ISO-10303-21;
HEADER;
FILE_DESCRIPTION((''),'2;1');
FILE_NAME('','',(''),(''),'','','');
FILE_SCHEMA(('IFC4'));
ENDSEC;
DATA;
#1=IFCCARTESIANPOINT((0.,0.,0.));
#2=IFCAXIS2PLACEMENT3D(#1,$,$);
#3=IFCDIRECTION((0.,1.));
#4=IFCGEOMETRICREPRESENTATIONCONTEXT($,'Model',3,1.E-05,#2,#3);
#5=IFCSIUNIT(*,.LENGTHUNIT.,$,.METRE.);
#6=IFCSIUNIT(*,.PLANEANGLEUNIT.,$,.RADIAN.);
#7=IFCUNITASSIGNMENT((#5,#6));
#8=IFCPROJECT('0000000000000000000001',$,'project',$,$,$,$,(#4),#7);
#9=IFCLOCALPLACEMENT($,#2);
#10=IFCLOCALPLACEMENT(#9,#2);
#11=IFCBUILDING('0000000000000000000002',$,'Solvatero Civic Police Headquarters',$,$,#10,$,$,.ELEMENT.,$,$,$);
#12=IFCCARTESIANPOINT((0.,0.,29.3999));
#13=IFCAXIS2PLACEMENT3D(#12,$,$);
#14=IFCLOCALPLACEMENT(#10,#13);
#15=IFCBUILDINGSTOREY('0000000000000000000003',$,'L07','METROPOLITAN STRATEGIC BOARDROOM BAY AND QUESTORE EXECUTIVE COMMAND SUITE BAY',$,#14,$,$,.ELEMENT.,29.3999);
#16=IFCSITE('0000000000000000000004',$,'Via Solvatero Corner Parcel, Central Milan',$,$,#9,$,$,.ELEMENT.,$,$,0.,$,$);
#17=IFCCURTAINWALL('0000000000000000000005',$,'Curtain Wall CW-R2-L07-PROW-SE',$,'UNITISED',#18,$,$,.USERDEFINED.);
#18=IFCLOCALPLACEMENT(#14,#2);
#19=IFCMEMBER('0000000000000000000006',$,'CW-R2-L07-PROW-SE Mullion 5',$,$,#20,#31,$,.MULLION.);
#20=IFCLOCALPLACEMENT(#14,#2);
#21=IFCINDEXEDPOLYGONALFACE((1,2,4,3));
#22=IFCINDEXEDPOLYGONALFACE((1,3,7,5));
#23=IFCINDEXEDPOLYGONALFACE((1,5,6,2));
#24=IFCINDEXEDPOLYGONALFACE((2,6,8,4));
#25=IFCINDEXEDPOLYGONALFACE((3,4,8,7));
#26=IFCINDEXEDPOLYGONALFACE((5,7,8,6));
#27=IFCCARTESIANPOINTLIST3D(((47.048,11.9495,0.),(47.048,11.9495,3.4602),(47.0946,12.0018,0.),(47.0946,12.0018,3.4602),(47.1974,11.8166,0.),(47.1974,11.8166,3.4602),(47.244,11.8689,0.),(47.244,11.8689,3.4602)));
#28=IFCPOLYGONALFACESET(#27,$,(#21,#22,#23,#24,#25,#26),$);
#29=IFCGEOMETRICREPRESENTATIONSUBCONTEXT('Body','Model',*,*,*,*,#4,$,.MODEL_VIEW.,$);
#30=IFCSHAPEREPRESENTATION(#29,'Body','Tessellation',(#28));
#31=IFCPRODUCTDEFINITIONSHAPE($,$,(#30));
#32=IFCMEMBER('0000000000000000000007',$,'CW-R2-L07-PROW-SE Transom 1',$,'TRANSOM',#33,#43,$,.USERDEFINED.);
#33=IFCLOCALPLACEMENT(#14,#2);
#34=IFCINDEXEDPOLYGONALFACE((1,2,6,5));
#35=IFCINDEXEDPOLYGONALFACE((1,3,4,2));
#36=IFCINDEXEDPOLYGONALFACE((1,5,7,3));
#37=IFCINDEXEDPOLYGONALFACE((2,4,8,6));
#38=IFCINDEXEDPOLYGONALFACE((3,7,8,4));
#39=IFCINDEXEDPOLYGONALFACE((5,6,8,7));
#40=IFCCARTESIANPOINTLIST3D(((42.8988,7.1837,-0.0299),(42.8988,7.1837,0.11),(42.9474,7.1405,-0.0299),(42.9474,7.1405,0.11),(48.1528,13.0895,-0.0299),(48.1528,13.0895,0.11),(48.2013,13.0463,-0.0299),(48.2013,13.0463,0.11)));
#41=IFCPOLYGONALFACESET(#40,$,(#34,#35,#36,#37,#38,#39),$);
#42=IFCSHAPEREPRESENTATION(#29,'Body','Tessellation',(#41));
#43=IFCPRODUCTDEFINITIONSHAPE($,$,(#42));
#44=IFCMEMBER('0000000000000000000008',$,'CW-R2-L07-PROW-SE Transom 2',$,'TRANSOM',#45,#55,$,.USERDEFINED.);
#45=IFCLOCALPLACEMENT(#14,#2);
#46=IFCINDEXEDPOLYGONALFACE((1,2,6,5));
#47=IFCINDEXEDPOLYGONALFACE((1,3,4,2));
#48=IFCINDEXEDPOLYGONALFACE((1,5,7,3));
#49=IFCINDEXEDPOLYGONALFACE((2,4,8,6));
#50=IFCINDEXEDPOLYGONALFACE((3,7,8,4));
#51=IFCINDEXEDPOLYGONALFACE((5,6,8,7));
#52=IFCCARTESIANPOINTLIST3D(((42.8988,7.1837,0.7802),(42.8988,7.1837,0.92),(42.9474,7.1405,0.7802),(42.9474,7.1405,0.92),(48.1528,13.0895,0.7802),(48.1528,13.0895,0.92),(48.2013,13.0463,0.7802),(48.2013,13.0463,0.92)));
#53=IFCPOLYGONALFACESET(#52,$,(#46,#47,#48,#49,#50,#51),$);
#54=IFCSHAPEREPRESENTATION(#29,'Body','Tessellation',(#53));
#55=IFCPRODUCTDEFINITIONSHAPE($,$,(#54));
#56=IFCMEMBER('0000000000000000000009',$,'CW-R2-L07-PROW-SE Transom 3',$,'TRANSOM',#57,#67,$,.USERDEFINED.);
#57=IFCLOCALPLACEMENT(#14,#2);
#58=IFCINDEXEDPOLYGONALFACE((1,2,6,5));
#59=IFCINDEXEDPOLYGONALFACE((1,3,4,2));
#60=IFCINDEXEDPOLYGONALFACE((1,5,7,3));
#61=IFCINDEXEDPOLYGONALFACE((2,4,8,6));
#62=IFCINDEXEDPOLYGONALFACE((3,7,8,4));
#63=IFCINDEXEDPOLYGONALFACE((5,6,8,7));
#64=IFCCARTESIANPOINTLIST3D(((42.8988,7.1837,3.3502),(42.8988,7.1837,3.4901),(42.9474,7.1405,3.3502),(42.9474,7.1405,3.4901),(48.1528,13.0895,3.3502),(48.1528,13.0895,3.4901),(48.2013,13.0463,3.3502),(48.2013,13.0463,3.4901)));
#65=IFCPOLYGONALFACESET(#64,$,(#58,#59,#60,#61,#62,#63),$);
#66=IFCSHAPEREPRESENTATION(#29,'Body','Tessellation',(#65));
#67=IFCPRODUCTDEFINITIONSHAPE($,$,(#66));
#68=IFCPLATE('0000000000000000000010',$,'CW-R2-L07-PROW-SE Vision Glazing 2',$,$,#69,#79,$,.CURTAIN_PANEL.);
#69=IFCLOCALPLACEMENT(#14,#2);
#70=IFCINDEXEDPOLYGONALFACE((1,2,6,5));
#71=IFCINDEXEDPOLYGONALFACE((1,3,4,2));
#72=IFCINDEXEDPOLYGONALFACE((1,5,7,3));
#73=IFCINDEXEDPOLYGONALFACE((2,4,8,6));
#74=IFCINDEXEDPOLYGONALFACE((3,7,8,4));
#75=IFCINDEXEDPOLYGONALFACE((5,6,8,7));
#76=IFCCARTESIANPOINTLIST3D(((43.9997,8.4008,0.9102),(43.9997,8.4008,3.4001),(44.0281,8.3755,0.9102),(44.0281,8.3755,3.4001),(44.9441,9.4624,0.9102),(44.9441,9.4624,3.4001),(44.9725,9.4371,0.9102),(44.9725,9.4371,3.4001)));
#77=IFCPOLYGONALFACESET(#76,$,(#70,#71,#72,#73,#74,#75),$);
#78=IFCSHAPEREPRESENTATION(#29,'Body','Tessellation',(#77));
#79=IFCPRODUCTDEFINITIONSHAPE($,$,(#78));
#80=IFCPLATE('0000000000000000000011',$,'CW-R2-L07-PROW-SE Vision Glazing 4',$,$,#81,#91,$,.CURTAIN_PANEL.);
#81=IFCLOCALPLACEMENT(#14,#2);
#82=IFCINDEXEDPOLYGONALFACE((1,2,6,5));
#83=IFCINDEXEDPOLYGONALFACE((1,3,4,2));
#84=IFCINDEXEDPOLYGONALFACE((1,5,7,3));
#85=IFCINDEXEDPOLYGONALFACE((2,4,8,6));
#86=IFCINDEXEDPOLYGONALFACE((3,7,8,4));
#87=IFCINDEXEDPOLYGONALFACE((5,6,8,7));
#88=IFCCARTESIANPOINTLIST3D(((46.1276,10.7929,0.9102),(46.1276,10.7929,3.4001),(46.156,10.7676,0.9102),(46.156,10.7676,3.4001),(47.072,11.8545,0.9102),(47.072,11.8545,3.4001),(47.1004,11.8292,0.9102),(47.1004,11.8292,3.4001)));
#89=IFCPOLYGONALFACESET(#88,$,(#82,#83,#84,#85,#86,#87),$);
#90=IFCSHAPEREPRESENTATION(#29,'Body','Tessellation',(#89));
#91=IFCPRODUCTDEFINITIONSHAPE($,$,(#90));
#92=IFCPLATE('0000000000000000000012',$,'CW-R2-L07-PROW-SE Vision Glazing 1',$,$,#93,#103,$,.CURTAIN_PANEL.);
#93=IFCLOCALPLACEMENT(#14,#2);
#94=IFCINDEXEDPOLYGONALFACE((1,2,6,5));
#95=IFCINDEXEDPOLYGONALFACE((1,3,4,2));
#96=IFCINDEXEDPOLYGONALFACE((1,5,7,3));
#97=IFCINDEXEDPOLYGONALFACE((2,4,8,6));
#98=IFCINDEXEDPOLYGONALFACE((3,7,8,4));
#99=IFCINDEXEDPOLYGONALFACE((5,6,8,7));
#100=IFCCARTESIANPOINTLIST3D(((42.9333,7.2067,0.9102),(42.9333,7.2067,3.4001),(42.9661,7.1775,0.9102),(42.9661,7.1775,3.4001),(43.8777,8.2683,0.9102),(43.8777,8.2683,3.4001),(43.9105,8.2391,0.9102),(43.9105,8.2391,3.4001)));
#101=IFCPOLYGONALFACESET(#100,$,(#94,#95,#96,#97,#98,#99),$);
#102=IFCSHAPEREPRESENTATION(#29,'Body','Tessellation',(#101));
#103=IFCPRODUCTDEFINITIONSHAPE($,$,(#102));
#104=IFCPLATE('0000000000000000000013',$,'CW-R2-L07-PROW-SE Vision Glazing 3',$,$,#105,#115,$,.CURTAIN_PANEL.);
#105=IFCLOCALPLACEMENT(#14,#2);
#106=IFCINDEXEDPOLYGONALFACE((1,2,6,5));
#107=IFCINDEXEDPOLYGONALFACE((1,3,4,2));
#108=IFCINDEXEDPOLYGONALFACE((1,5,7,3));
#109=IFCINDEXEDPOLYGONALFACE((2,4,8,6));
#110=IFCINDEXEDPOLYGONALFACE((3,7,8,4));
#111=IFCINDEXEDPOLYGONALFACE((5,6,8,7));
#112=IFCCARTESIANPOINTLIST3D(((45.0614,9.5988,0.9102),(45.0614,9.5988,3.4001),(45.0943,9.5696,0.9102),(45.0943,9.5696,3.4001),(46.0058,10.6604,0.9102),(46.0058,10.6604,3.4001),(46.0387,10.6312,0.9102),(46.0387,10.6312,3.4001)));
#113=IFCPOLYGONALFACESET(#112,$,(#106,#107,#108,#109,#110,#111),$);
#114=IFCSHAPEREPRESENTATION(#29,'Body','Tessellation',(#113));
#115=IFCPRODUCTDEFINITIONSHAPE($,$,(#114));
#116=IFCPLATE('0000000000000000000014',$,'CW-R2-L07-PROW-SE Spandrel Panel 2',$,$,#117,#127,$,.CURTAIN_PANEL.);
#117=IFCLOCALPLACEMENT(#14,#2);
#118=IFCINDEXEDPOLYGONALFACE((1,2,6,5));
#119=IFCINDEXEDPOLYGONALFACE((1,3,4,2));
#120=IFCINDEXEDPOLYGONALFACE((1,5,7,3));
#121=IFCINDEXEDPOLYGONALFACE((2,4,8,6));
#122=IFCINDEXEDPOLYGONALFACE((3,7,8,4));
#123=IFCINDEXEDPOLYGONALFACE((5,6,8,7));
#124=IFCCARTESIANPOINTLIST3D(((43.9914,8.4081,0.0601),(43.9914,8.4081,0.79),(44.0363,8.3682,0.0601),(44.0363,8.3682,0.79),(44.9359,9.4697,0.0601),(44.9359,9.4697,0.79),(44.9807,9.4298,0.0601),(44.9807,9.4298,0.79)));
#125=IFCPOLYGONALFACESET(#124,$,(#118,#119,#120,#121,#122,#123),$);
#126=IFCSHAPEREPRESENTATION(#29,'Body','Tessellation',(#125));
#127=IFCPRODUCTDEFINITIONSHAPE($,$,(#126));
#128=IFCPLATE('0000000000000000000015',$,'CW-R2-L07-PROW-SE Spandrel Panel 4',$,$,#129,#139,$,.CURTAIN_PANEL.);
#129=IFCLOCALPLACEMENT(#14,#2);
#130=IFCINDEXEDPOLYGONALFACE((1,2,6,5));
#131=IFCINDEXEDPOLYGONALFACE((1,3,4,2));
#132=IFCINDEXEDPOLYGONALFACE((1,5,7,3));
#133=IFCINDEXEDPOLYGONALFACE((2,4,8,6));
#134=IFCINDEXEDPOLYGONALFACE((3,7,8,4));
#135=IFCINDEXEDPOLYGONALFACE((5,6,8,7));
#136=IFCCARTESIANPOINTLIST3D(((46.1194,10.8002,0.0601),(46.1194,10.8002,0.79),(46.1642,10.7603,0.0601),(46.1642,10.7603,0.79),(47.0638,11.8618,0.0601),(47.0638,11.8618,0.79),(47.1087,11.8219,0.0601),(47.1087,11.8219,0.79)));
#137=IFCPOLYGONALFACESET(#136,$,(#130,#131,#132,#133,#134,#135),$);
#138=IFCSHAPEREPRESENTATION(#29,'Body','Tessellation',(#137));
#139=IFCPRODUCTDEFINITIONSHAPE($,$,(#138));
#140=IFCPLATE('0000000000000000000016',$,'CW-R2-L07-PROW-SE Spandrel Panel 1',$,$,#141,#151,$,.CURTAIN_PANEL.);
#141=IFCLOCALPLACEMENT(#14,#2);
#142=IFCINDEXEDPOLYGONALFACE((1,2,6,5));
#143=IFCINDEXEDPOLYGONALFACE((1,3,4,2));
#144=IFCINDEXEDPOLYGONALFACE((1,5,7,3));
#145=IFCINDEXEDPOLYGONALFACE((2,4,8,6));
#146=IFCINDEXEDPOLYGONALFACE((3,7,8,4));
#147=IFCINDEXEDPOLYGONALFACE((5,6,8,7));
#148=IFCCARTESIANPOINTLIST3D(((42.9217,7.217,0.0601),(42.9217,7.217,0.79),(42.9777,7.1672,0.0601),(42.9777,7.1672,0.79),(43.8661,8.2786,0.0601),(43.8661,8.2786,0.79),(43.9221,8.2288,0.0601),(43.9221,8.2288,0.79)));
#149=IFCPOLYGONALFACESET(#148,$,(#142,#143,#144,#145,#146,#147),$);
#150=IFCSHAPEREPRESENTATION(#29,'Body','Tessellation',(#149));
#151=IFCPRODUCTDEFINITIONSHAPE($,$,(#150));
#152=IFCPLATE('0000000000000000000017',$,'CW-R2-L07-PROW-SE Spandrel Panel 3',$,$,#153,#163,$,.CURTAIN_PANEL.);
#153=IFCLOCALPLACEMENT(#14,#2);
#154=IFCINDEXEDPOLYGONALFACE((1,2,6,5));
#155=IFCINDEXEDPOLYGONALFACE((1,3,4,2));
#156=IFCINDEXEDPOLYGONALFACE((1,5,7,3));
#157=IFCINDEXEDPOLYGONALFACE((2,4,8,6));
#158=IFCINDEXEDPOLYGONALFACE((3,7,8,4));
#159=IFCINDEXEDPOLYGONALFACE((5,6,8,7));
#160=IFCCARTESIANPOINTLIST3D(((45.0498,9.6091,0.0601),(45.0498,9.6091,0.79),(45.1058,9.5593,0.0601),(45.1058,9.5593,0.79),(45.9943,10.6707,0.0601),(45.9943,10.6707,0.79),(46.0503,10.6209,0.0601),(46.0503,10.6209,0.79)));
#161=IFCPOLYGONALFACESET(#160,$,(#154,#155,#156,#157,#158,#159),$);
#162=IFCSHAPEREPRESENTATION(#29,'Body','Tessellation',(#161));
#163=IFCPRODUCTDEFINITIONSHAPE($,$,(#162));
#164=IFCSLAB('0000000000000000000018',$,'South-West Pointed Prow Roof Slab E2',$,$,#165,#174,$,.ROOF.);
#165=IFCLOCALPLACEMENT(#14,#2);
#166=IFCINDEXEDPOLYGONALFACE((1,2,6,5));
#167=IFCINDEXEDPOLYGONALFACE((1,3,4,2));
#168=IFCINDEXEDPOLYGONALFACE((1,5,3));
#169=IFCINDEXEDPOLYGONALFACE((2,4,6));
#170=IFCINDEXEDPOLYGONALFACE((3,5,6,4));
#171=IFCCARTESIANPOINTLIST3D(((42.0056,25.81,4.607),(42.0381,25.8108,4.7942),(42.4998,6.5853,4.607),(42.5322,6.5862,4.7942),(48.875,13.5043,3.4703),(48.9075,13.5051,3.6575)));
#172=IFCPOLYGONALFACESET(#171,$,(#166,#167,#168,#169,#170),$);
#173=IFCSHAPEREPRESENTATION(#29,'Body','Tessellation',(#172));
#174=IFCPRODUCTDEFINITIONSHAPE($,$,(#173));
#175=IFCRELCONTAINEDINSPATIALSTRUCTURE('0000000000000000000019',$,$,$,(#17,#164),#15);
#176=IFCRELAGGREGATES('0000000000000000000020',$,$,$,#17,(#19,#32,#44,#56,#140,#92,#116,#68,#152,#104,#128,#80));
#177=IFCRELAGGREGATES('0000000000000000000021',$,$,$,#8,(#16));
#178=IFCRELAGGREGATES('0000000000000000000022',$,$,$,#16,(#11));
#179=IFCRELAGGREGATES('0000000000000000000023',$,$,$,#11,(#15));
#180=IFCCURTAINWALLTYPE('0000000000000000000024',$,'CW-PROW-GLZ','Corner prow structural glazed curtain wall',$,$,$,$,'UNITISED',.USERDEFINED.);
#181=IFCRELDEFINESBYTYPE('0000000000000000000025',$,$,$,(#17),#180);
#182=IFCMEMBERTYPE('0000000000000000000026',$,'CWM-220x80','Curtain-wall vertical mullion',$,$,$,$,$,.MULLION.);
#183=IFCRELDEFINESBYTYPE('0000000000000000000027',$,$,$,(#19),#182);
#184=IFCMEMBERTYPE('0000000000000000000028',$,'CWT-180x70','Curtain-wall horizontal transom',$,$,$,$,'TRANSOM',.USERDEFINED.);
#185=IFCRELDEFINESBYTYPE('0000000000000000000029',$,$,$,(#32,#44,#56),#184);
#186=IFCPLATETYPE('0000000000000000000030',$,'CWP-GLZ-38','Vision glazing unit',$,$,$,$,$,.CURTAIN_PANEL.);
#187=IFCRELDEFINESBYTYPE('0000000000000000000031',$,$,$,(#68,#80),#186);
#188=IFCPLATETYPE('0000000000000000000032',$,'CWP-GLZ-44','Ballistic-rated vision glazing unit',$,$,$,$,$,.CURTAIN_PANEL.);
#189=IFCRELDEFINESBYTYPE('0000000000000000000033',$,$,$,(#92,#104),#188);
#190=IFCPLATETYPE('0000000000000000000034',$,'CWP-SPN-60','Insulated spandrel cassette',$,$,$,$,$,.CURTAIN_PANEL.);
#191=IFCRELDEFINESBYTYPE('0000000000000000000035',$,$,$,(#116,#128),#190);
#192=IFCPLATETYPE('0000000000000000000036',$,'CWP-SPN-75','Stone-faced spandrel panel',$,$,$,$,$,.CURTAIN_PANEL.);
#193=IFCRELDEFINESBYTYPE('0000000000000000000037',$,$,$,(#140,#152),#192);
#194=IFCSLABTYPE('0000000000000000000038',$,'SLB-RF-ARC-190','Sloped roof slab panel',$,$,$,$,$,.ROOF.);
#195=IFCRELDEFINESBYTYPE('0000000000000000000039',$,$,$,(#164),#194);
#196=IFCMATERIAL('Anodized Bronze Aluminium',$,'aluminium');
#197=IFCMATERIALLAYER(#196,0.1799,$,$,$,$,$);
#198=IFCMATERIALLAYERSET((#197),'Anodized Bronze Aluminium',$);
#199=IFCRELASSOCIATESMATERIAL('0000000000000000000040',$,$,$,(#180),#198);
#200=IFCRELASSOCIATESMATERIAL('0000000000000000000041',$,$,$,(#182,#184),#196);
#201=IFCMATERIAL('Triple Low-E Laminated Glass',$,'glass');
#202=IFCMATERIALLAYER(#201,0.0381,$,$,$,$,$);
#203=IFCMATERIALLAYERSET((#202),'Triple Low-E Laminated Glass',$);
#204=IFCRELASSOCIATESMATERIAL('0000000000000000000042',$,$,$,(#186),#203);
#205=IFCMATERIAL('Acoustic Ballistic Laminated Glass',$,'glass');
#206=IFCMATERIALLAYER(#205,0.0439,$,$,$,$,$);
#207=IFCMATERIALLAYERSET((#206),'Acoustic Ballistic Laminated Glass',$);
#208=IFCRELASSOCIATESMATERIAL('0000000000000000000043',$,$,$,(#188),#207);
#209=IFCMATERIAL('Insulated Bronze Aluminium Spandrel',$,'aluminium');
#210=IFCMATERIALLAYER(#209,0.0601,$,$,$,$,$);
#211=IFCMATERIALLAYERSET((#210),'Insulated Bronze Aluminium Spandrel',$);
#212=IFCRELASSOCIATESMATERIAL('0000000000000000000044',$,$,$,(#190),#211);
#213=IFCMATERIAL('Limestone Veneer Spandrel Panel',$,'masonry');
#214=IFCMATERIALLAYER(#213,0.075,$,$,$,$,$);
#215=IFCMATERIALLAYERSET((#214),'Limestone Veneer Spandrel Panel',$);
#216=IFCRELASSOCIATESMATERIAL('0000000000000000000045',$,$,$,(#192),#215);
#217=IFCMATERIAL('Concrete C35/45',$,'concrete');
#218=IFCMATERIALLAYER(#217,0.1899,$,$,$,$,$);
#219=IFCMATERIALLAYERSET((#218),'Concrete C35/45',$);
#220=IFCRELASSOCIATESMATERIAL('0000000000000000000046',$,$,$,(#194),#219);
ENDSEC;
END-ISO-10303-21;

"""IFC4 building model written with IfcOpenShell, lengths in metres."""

from ifc_helpers import new_model, si_unit, direction, frame, origin, origin_2d, place, context, subcontext, project, spatial, polyline, rectangle, outline, extrude, material, layer, layer_set, material_profile, profile_set, type_object, element, aggregate, save


model = new_model("IFC4")

# Units and contexts
model_context = context("Model", 3, precision=1e-05, world=origin(), true_north=direction((0.0, 1.0)))
body_context = subcontext(model_context, "Body", "Model", "MODEL_VIEW")
ifc_project = project(units=[si_unit("LENGTHUNIT", "METRE"), si_unit("PLANEANGLEUNIT", "RADIAN")], contexts=[model_context])

# Site, building, storey
site_placement = place(None, origin())
site = spatial("IfcSite", under=ifc_project, at=site_placement, Name="Via Solvatero Corner Parcel, Central Milan", CompositionType="ELEMENT", RefElevation=0.0)
building_placement = place(site_placement, origin())
building = spatial("IfcBuilding", under=site, at=building_placement, Name="Solvatero Civic Police Headquarters", CompositionType="ELEMENT")
storey_placement = place(building_placement, frame((0.0, 0.0, 29.3999)))
storey = spatial("IfcBuildingStorey", under=building, at=storey_placement, Name="L07", Description="METROPOLITAN STRATEGIC BOARDROOM BAY AND QUESTORE EXECUTIVE COMMAND SUITE BAY", CompositionType="ELEMENT", Elevation=29.3999)

# Curtain wall, members, plates
ifc_material_1 = material(Name="Anodized Bronze Aluminium", Category="aluminium")
ifc_layer_1 = layer(ifc_material_1, 0.1799)
ifc_layer_set_1 = layer_set([ifc_layer_1], Name="Anodized Bronze Aluminium")
curtain_wall_type = type_object("IfcCurtainWallType", Name="CW-PROW-GLZ", Description="Corner prow structural glazed curtain wall", ElementType="UNITISED", PredefinedType="USERDEFINED", material=ifc_layer_set_1)
curtain_wall_placement = place(storey_placement, origin())
curtain_wall = element("IfcCurtainWall", 1, at=curtain_wall_placement, inside=storey, type_object=curtain_wall_type, Name="Curtain Wall CW-R2-L07-PROW-SE", ObjectType="UNITISED", PredefinedType="USERDEFINED")
ifc_material_profile_1 = material_profile(ifc_material_1, rectangle(XDim=0.0701, YDim=0.2, at=origin_2d()), Name="ALU MULLION 70x200")
ifc_profile_set_1 = profile_set([ifc_material_profile_1], Name="Anodized Bronze Aluminium")
member_type_1 = type_object("IfcMemberType", Name="CWM-220x80", Description="Curtain-wall vertical mullion", PredefinedType="MULLION", material=ifc_profile_set_1)
member_1_placement = place(storey_placement, frame((47.146, 11.9092, 0.0), z_axis=(0.0, 0.0, 1.0), x_axis=(0.664657, 0.747149, 0.0)))
member_1 = element("IfcMember", 2, at=member_1_placement, type_object=member_type_1, Name="CW-R2-L07-PROW-SE Mullion 5", PredefinedType="MULLION", context=body_context, shape_type="SweptSolid", body=[
    extrude(rectangle(XDim=0.0701, YDim=0.2, at=origin_2d()), origin(), (0.0, 0.0, 1.0), 3.4602),
])
ifc_material_profile_2 = material_profile(ifc_material_1, rectangle(XDim=0.0649, YDim=0.1399, at=origin_2d()), Name="ALU TRANSOM 65x140")
ifc_profile_set_2 = profile_set([ifc_material_profile_2], Name="Anodized Bronze Aluminium")
member_type_2 = type_object("IfcMemberType", Name="CWT-180x70", Description="Curtain-wall horizontal transom", ElementType="TRANSOM", PredefinedType="USERDEFINED", material=ifc_profile_set_2)
member_2_placement = place(storey_placement, frame((42.9231, 7.1621, 0.04), z_axis=(0.664671, 0.747137, 0.0), x_axis=(-0.747137, 0.664671, 0.0)))
member_2 = element("IfcMember", 3, at=member_2_placement, type_object=member_type_2, Name="CW-R2-L07-PROW-SE Transom 1", ObjectType="TRANSOM", PredefinedType="USERDEFINED", context=body_context, shape_type="SweptSolid", body=[
    extrude(rectangle(XDim=0.0649, YDim=0.1399, at=origin_2d()), origin(), (0.0, 0.0, 1.0), 7.9045),
])
member_3_placement = place(storey_placement, frame((42.9231, 7.1621, 0.8501), z_axis=(0.664671, 0.747137, 0.0), x_axis=(-0.747137, 0.664671, 0.0)))
member_3 = element("IfcMember", 4, at=member_3_placement, type_object=member_type_2, Name="CW-R2-L07-PROW-SE Transom 2", ObjectType="TRANSOM", PredefinedType="USERDEFINED", context=body_context, shape_type="SweptSolid", body=[
    extrude(rectangle(XDim=0.0649, YDim=0.1399, at=origin_2d()), origin(), (0.0, 0.0, 1.0), 7.9045),
])
member_4_placement = place(storey_placement, frame((42.9231, 7.1621, 3.4202), z_axis=(0.664671, 0.747137, 0.0), x_axis=(-0.747137, 0.664671, 0.0)))
member_4 = element("IfcMember", 5, at=member_4_placement, type_object=member_type_2, Name="CW-R2-L07-PROW-SE Transom 3", ObjectType="TRANSOM", PredefinedType="USERDEFINED", context=body_context, shape_type="SweptSolid", body=[
    extrude(rectangle(XDim=0.0649, YDim=0.1399, at=origin_2d()), origin(), (0.0, 0.0, 1.0), 7.9045),
])
ifc_material_2 = material(Name="Triple Low-E Laminated Glass", Category="glass")
ifc_layer_2 = layer(ifc_material_2, 0.0381)
ifc_layer_set_2 = layer_set([ifc_layer_2], Name="Triple Low-E Laminated Glass")
plate_type_1 = type_object("IfcPlateType", Name="CWP-GLZ-38", Description="Vision glazing unit", PredefinedType="CURTAIN_PANEL", material=ifc_layer_set_2)
plate_1_placement = place(storey_placement, frame((44.4861, 8.9189, 0.9102), z_axis=(0.0, 0.0, 1.0), x_axis=(0.664657, 0.747149, 0.0)))
plate_1 = element("IfcPlate", 6, at=plate_1_placement, type_object=plate_type_1, Name="CW-R2-L07-PROW-SE Vision Glazing 2", PredefinedType="CURTAIN_PANEL", context=body_context, shape_type="SweptSolid", body=[
    extrude(rectangle(XDim=1.4209, YDim=0.0381, at=origin_2d()), origin(), (0.0, 0.0, 1.0), 2.49),
])
plate_2_placement = place(storey_placement, frame((46.614, 11.311, 0.9102), z_axis=(0.0, 0.0, 1.0), x_axis=(0.664657, 0.747149, 0.0)))
plate_2 = element("IfcPlate", 7, at=plate_2_placement, type_object=plate_type_1, Name="CW-R2-L07-PROW-SE Vision Glazing 4", PredefinedType="CURTAIN_PANEL", context=body_context, shape_type="SweptSolid", body=[
    extrude(rectangle(XDim=1.4209, YDim=0.0381, at=origin_2d()), origin(), (0.0, 0.0, 1.0), 2.49),
])
ifc_material_3 = material(Name="Acoustic Ballistic Laminated Glass", Category="glass")
ifc_layer_3 = layer(ifc_material_3, 0.0439)
ifc_layer_set_3 = layer_set([ifc_layer_3], Name="Acoustic Ballistic Laminated Glass")
plate_type_2 = type_object("IfcPlateType", Name="CWP-GLZ-44", Description="Ballistic-rated vision glazing unit", PredefinedType="CURTAIN_PANEL", material=ifc_layer_set_3)
plate_3_placement = place(storey_placement, frame((43.4219, 7.7229, 0.9102), z_axis=(0.0, 0.0, 1.0), x_axis=(0.664657, 0.747149, 0.0)))
plate_3 = element("IfcPlate", 8, at=plate_3_placement, type_object=plate_type_2, Name="CW-R2-L07-PROW-SE Vision Glazing 1", PredefinedType="CURTAIN_PANEL", context=body_context, shape_type="SweptSolid", body=[
    extrude(rectangle(XDim=1.4209, YDim=0.0439, at=origin_2d()), origin(), (0.0, 0.0, 1.0), 2.49),
])
plate_4_placement = place(storey_placement, frame((45.55, 10.115, 0.9102), z_axis=(0.0, 0.0, 1.0), x_axis=(0.664657, 0.747149, 0.0)))
plate_4 = element("IfcPlate", 9, at=plate_4_placement, type_object=plate_type_2, Name="CW-R2-L07-PROW-SE Vision Glazing 3", PredefinedType="CURTAIN_PANEL", context=body_context, shape_type="SweptSolid", body=[
    extrude(rectangle(XDim=1.4209, YDim=0.0439, at=origin_2d()), origin(), (0.0, 0.0, 1.0), 2.49),
])
ifc_material_4 = material(Name="Insulated Bronze Aluminium Spandrel", Category="aluminium")
ifc_layer_4 = layer(ifc_material_4, 0.0601)
ifc_layer_set_4 = layer_set([ifc_layer_4], Name="Insulated Bronze Aluminium Spandrel")
plate_type_3 = type_object("IfcPlateType", Name="CWP-SPN-60", Description="Insulated spandrel cassette", PredefinedType="CURTAIN_PANEL", material=ifc_layer_set_4)
plate_5_placement = place(storey_placement, frame((44.4861, 8.9189, 0.0601), z_axis=(0.0, 0.0, 1.0), x_axis=(0.664657, 0.747149, 0.0)))
plate_5 = element("IfcPlate", 10, at=plate_5_placement, type_object=plate_type_3, Name="CW-R2-L07-PROW-SE Spandrel Panel 2", PredefinedType="CURTAIN_PANEL", context=body_context, shape_type="SweptSolid", body=[
    extrude(rectangle(XDim=1.4209, YDim=0.0601, at=origin_2d()), origin(), (0.0, 0.0, 1.0), 0.73),
])
plate_6_placement = place(storey_placement, frame((46.614, 11.311, 0.0601), z_axis=(0.0, 0.0, 1.0), x_axis=(0.664657, 0.747149, 0.0)))
plate_6 = element("IfcPlate", 11, at=plate_6_placement, type_object=plate_type_3, Name="CW-R2-L07-PROW-SE Spandrel Panel 4", PredefinedType="CURTAIN_PANEL", context=body_context, shape_type="SweptSolid", body=[
    extrude(rectangle(XDim=1.4209, YDim=0.0601, at=origin_2d()), origin(), (0.0, 0.0, 1.0), 0.73),
])
ifc_material_5 = material(Name="Limestone Veneer Spandrel Panel", Category="masonry")
ifc_layer_5 = layer(ifc_material_5, 0.075)
ifc_layer_set_5 = layer_set([ifc_layer_5], Name="Limestone Veneer Spandrel Panel")
plate_type_4 = type_object("IfcPlateType", Name="CWP-SPN-75", Description="Stone-faced spandrel panel", PredefinedType="CURTAIN_PANEL", material=ifc_layer_set_5)
plate_7_placement = place(storey_placement, frame((43.4219, 7.7229, 0.0601), z_axis=(0.0, 0.0, 1.0), x_axis=(0.664657, 0.747149, 0.0)))
plate_7 = element("IfcPlate", 12, at=plate_7_placement, type_object=plate_type_4, Name="CW-R2-L07-PROW-SE Spandrel Panel 1", PredefinedType="CURTAIN_PANEL", context=body_context, shape_type="SweptSolid", body=[
    extrude(rectangle(XDim=1.4209, YDim=0.075, at=origin_2d()), origin(), (0.0, 0.0, 1.0), 0.73),
])
plate_8_placement = place(storey_placement, frame((45.55, 10.115, 0.0601), z_axis=(0.0, 0.0, 1.0), x_axis=(0.664657, 0.747149, 0.0)))
plate_8 = element("IfcPlate", 13, at=plate_8_placement, type_object=plate_type_4, Name="CW-R2-L07-PROW-SE Spandrel Panel 3", PredefinedType="CURTAIN_PANEL", context=body_context, shape_type="SweptSolid", body=[
    extrude(rectangle(XDim=1.4209, YDim=0.075, at=origin_2d()), origin(), (0.0, 0.0, 1.0), 0.73),
])
aggregate(curtain_wall, [member_1, member_2, member_3, member_4, plate_7, plate_3, plate_5, plate_1, plate_8, plate_4, plate_6, plate_2])

# Slab
ifc_material_6 = material(Name="Concrete C35/45", Category="concrete")
ifc_layer_6 = layer(ifc_material_6, 0.1899)
ifc_layer_set_6 = layer_set([ifc_layer_6], Name="Concrete C35/45")
slab_type = type_object("IfcSlabType", Name="SLB-RF-ARC-190", Description="Sloped roof slab panel", PredefinedType="ROOF", material=ifc_layer_set_6)
slab_placement = place(storey_placement, frame((42.5322, 6.5862, 4.7942), z_axis=(0.170909, 0.004393, 0.985277), x_axis=(-0.025695, 0.99967, 0.0)))
element("IfcSlab", 14, at=slab_placement, inside=storey, type_object=slab_type, Name="South-West Pointed Prow Roof Slab E2", PredefinedType="ROOF", context=body_context, shape_type="SweptSolid", body=[
    extrude(outline(polyline([(0.0, 0.0), (19.231, 0.0), (6.7528, -6.6488), (0.0, 0.0)])), origin(), (0.0, 0.0, -1.0), 0.1899),
])

save(model, "model.ifc")
